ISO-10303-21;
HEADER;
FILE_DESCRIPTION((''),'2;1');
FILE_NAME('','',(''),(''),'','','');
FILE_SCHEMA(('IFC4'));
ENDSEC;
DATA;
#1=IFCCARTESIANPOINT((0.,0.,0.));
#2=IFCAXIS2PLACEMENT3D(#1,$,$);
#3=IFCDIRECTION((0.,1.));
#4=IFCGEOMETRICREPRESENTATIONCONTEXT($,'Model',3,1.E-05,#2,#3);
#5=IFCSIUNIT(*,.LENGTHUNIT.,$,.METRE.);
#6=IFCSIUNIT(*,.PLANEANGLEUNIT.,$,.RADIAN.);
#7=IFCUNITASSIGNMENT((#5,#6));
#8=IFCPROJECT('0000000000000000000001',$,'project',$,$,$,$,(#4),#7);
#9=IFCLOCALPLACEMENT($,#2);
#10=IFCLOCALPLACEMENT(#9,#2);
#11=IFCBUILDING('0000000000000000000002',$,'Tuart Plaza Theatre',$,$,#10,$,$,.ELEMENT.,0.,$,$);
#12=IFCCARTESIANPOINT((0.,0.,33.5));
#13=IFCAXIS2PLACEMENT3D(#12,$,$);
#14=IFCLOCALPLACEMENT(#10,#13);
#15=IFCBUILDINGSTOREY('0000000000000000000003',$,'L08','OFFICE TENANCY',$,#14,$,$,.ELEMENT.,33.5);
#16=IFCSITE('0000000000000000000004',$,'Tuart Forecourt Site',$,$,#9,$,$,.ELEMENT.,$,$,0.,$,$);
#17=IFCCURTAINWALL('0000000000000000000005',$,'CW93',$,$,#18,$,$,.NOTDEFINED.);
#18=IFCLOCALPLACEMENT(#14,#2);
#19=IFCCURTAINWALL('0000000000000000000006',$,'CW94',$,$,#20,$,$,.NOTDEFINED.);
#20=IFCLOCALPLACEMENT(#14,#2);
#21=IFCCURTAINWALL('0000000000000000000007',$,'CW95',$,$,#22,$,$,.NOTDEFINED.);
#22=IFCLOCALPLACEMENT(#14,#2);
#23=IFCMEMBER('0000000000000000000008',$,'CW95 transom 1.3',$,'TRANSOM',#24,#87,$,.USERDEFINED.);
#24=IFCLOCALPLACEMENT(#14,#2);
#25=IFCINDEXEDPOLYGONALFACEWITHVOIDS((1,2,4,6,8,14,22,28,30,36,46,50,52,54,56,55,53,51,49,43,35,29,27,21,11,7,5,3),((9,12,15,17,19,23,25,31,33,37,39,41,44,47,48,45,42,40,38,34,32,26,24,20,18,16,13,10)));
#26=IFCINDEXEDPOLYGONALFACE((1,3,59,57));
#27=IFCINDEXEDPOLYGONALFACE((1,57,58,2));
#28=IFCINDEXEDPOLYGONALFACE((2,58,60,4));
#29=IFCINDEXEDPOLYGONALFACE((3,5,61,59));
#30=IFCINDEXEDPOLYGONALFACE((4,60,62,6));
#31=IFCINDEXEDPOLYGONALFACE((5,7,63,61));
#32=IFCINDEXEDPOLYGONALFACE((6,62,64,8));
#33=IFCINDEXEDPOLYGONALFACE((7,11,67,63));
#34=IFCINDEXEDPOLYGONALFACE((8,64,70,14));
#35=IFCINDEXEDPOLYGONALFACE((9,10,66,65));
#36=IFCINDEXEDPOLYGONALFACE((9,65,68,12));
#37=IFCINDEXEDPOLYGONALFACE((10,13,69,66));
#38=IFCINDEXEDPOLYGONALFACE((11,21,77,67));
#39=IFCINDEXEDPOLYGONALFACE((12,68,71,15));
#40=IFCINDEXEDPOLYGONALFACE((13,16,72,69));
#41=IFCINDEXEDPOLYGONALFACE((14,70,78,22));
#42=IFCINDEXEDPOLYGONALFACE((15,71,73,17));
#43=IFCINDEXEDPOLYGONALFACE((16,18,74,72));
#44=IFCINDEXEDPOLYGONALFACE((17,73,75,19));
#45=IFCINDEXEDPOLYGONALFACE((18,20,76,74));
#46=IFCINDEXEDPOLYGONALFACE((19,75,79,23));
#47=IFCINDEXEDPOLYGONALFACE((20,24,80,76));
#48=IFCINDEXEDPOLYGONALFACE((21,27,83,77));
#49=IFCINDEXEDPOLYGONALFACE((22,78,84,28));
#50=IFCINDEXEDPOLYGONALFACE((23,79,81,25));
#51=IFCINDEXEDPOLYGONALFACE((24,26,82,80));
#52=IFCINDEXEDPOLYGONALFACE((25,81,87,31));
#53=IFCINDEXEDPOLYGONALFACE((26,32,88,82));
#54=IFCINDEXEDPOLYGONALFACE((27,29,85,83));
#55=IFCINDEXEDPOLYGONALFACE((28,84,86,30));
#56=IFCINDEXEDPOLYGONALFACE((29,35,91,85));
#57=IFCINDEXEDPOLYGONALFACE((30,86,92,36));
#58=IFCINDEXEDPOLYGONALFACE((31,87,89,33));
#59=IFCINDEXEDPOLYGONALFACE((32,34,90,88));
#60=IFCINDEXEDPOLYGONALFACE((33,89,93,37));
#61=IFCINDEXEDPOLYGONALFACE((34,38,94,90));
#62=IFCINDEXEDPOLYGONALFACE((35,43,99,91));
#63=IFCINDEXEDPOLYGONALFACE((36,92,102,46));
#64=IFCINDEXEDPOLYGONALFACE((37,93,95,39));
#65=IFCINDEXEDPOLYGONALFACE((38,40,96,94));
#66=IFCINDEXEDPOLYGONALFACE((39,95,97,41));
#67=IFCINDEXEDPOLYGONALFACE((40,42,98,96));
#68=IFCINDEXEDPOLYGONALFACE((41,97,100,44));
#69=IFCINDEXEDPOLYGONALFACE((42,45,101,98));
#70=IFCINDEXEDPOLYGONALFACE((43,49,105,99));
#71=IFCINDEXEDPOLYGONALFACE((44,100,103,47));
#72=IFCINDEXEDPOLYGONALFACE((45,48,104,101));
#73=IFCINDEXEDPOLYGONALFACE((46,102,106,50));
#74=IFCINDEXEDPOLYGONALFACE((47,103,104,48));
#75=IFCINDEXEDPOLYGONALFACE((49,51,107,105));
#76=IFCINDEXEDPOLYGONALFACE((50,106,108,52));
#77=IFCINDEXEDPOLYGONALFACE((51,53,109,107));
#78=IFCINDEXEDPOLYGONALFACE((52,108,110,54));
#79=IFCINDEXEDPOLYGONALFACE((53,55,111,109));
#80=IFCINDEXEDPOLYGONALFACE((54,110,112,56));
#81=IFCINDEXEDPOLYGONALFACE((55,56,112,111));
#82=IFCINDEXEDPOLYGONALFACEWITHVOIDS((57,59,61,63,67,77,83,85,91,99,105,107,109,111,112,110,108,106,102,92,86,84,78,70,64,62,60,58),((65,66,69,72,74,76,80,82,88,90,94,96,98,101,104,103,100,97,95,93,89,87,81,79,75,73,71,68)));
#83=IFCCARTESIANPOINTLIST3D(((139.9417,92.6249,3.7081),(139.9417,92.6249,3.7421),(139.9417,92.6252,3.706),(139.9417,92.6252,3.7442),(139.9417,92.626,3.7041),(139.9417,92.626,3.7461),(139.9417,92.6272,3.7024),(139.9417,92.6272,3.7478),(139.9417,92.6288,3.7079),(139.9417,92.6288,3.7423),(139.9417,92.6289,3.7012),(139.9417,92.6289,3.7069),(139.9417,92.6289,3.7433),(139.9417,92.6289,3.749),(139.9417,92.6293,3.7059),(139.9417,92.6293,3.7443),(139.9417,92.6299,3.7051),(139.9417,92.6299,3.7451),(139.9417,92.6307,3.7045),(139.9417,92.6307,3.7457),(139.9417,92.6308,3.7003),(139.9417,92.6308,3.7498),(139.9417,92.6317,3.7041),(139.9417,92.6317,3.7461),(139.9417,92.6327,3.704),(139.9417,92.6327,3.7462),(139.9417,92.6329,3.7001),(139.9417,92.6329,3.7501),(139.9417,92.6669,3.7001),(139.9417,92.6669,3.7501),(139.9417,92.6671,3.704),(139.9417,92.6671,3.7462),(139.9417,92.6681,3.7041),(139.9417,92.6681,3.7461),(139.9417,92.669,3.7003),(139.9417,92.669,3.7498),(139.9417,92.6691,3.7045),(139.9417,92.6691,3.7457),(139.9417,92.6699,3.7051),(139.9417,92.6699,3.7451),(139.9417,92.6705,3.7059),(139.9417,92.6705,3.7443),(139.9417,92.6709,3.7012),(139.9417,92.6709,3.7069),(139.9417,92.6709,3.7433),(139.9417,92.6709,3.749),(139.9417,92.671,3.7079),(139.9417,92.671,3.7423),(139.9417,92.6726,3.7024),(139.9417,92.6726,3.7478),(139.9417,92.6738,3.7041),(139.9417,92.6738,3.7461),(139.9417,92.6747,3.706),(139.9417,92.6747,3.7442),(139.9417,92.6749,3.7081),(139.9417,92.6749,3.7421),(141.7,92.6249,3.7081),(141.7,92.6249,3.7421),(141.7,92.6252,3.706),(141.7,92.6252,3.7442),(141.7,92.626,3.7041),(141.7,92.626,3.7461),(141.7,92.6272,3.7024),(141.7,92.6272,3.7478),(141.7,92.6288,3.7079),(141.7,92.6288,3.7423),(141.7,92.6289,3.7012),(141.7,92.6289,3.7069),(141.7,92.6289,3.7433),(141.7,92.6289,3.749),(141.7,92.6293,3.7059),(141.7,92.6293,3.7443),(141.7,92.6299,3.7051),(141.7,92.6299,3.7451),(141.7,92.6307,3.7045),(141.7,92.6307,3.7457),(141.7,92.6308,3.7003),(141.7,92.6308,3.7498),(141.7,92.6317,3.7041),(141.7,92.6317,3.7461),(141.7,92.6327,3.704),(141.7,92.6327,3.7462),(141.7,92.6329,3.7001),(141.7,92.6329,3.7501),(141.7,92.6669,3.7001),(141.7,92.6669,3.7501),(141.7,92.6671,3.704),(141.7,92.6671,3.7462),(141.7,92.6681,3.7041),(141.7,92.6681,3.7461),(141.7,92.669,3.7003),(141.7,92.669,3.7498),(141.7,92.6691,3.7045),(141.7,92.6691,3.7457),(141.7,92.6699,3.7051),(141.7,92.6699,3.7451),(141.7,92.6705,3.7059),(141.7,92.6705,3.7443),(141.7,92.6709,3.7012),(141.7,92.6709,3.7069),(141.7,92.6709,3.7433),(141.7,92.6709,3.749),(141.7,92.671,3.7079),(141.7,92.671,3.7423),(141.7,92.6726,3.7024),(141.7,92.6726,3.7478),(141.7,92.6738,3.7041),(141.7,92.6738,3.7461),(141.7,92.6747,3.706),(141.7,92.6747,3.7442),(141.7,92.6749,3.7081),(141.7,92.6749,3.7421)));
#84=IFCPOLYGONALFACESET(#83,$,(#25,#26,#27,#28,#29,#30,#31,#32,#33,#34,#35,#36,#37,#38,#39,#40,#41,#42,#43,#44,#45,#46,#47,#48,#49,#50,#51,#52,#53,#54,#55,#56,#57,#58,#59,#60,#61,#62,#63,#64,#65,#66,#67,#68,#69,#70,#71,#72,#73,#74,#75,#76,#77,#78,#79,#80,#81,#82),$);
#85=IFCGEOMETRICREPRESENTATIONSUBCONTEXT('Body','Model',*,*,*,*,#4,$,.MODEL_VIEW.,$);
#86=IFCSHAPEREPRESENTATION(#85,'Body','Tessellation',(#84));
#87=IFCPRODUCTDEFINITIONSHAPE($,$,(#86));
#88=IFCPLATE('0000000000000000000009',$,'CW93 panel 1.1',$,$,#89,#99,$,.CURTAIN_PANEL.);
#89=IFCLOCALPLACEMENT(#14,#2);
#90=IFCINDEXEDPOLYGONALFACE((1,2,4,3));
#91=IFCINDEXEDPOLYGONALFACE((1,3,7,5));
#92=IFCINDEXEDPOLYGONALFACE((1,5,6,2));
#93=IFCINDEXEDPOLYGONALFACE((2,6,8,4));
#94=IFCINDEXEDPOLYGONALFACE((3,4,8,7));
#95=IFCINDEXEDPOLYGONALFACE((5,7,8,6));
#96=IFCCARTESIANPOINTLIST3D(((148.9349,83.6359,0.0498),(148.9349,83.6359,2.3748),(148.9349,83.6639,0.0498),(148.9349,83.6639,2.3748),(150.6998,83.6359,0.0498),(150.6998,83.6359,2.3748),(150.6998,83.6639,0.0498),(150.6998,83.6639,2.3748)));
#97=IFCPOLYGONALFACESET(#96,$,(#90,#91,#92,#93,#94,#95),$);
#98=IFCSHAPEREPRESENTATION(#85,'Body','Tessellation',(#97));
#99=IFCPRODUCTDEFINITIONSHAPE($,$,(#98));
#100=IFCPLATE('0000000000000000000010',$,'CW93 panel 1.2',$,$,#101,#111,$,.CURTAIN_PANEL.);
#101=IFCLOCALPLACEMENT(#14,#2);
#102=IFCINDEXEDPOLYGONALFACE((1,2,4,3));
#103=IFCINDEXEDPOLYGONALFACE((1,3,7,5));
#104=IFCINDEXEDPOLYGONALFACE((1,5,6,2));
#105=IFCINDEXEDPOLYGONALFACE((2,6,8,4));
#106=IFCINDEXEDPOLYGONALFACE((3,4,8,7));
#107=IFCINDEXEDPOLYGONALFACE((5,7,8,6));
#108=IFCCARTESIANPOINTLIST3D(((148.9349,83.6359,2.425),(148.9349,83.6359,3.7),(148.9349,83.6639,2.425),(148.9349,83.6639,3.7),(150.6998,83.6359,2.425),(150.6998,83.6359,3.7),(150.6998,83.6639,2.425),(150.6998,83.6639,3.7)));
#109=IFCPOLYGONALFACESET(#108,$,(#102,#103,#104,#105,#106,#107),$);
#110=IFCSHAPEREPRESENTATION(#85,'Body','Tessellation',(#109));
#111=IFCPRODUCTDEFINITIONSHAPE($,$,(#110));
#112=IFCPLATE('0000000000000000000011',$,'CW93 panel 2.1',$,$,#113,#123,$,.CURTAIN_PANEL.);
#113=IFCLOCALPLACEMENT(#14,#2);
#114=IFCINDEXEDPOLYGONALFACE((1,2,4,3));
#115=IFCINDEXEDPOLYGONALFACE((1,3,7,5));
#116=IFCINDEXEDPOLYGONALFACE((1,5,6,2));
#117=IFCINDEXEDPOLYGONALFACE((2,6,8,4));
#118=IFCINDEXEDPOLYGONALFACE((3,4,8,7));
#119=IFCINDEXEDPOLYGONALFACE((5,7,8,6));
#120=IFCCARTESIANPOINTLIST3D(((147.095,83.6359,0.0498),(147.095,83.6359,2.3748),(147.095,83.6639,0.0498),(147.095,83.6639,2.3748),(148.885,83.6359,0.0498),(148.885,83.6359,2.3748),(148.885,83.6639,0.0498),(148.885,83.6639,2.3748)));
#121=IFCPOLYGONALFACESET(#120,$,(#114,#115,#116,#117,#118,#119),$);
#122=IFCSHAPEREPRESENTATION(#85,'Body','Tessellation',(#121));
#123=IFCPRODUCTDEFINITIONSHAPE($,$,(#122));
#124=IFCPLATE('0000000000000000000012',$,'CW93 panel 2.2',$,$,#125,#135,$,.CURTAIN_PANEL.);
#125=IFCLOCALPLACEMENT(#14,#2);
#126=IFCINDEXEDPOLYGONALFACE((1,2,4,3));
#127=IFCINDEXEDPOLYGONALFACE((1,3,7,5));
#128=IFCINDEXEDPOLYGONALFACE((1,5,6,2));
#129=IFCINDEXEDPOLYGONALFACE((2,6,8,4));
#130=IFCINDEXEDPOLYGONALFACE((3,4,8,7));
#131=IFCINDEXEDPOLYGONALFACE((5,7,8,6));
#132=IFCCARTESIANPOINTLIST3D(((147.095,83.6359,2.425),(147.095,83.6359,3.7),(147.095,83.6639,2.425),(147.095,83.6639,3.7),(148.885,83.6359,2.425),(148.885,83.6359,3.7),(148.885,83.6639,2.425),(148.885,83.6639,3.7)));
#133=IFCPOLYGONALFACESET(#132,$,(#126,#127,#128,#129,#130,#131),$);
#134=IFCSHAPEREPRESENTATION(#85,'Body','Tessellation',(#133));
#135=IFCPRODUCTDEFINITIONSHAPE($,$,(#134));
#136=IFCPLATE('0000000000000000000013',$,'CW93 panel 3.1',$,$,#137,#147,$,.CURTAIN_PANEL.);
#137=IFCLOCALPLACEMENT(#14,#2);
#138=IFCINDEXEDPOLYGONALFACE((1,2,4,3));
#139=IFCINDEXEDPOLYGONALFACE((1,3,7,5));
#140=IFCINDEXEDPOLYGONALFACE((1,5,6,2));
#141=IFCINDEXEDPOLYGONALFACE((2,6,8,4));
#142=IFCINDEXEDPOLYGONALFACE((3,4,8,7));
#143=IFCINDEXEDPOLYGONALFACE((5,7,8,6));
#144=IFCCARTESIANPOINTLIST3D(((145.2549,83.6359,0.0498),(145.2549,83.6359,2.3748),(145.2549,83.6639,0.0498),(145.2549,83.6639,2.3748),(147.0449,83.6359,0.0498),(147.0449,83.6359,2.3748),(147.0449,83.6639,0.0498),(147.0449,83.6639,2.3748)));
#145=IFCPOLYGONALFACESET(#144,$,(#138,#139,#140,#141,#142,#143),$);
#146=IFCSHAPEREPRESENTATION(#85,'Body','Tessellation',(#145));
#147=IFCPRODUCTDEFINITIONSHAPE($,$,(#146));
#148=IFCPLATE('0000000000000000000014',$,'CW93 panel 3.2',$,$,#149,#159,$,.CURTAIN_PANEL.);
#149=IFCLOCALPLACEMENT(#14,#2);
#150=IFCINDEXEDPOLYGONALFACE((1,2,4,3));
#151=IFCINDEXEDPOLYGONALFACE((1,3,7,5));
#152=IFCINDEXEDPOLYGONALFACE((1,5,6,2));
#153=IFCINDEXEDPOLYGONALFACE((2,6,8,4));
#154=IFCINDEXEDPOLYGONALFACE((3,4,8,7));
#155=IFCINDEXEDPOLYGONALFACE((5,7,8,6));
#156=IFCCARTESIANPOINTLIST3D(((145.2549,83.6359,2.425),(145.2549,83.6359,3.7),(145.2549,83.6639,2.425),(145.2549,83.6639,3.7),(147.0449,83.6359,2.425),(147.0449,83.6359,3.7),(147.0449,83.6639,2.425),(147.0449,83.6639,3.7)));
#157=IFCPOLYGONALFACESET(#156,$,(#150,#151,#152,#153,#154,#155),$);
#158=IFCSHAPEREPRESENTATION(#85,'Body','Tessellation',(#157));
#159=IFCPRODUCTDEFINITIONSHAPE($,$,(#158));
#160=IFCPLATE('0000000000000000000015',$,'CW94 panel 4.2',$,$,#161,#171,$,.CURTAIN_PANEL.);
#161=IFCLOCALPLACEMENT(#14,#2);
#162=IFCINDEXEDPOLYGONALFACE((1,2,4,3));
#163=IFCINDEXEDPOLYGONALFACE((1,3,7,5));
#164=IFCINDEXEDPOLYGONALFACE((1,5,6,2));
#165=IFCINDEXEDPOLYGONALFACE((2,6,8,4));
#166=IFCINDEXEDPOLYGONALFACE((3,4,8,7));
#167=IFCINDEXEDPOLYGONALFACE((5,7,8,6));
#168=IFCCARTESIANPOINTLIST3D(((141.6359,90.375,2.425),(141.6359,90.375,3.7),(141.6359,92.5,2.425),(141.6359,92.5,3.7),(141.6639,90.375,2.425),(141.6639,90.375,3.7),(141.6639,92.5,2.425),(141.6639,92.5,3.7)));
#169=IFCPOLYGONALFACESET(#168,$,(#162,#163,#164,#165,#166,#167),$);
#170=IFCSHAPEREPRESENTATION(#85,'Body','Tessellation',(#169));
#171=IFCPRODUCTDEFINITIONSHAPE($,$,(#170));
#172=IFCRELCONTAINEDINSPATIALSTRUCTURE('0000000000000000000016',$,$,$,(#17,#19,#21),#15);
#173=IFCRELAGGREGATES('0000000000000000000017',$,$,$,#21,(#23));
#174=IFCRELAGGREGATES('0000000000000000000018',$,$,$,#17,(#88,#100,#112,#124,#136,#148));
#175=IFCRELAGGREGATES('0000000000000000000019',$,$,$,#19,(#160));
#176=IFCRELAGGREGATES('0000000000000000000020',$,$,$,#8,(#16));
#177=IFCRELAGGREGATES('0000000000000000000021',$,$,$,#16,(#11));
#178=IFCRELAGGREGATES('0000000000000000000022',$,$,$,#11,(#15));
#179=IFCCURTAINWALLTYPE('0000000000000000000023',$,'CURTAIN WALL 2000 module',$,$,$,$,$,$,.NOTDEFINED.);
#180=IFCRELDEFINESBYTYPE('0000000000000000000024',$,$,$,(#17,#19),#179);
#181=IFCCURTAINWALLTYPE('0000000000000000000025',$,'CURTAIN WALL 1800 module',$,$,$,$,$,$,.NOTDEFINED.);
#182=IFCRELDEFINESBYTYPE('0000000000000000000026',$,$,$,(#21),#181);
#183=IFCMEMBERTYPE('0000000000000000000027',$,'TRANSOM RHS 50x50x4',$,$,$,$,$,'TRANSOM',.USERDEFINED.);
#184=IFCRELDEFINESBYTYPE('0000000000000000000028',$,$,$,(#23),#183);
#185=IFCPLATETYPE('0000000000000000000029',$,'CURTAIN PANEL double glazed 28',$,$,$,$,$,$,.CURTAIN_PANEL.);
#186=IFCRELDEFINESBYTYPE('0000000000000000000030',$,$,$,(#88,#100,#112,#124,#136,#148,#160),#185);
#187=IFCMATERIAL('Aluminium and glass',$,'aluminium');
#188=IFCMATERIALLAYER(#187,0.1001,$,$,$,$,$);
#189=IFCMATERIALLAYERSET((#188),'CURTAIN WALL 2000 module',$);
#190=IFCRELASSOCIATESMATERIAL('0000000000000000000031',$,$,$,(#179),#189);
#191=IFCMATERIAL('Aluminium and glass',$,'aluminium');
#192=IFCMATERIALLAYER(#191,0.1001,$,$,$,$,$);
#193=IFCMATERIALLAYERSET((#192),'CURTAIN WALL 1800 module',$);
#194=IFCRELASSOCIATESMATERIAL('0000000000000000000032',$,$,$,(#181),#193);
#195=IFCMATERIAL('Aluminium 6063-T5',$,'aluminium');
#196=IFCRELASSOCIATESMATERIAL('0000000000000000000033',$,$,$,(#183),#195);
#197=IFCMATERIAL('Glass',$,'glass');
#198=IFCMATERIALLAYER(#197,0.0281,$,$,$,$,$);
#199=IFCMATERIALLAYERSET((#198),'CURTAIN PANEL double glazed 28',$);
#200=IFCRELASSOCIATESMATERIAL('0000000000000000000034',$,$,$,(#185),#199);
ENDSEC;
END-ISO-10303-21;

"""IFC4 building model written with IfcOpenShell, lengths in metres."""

from ifc_helpers import new_model, si_unit, direction, frame, origin, origin_2d, place, context, subcontext, project, spatial, rectangle, hollow_rectangle, extrude, material, layer, layer_set, material_profile, profile_set, type_object, element, aggregate, save


model = new_model("IFC4")

# Units and contexts
model_context = context("Model", 3, precision=1e-05, world=origin(), true_north=direction((0.0, 1.0)))
body_context = subcontext(model_context, "Body", "Model", "MODEL_VIEW")
ifc_project = project(units=[si_unit("LENGTHUNIT", "METRE"), si_unit("PLANEANGLEUNIT", "RADIAN")], contexts=[model_context])

# Site, building, storey
site_placement = place(None, origin())
site = spatial("IfcSite", under=ifc_project, at=site_placement, Name="Tuart Forecourt Site", CompositionType="ELEMENT", RefElevation=0.0)
building_placement = place(site_placement, origin())
building = spatial("IfcBuilding", under=site, at=building_placement, Name="Tuart Plaza Theatre", CompositionType="ELEMENT", ElevationOfRefHeight=0.0)
storey_placement = place(building_placement, frame((0.0, 0.0, 33.5)))
storey = spatial("IfcBuildingStorey", under=building, at=storey_placement, Name="L08", Description="OFFICE TENANCY", CompositionType="ELEMENT", Elevation=33.5)

# Curtain wall
ifc_material_1 = material(Name="Aluminium and glass", Category="aluminium")
ifc_layer_1 = layer(ifc_material_1, 0.1001)
ifc_layer_set_1 = layer_set([ifc_layer_1], Name="CURTAIN WALL 2000 module")
curtain_wall_type_1 = type_object("IfcCurtainWallType", Name="CURTAIN WALL 2000 module", PredefinedType="NOTDEFINED", material=ifc_layer_set_1)
curtain_wall_1_placement = place(storey_placement, origin())
curtain_wall_1 = element("IfcCurtainWall", 1, at=curtain_wall_1_placement, inside=storey, type_object=curtain_wall_type_1, Name="CW93", PredefinedType="NOTDEFINED")

# Curtain walls
curtain_wall_2_placement = place(storey_placement, origin())
curtain_wall_2 = element("IfcCurtainWall", 2, at=curtain_wall_2_placement, inside=storey, type_object=curtain_wall_type_1, Name="CW94", PredefinedType="NOTDEFINED")
ifc_material_2 = material(Name="Aluminium and glass", Category="aluminium")
ifc_layer_2 = layer(ifc_material_2, 0.1001)
ifc_layer_set_2 = layer_set([ifc_layer_2], Name="CURTAIN WALL 1800 module")
curtain_wall_type_2 = type_object("IfcCurtainWallType", Name="CURTAIN WALL 1800 module", PredefinedType="NOTDEFINED", material=ifc_layer_set_2)
curtain_wall_3_placement = place(storey_placement, origin())
curtain_wall_3 = element("IfcCurtainWall", 3, at=curtain_wall_3_placement, inside=storey, type_object=curtain_wall_type_2, Name="CW95", PredefinedType="NOTDEFINED")

# Member
ifc_material_3 = material(Name="Aluminium 6063-T5", Category="aluminium")
ifc_material_profile_1 = material_profile(ifc_material_3, hollow_rectangle(XDim=0.05, YDim=0.05, WallThickness=0.0039, InnerFilletRadius=0.0039, OuterFilletRadius=0.0081, at=origin_2d()), Name="RHS 50x50x4")
ifc_profile_set_1 = profile_set([ifc_material_profile_1], Name="Aluminium 6063-T5")
member_type_1 = type_object("IfcMemberType", Name="TRANSOM RHS 50x50x4", ElementType="TRANSOM", PredefinedType="USERDEFINED", material=ifc_profile_set_1)
member_1_placement = place(storey_placement, frame((141.7, 92.6499, 3.7251), z_axis=(-1.0, 0.0, 0.0), x_axis=(0.0, -1.0, 0.0)))
member_1 = element("IfcMember", 4, at=member_1_placement, type_object=member_type_1, Name="CW95 transom 1.3", ObjectType="TRANSOM", PredefinedType="USERDEFINED", context=body_context, shape_type="SweptSolid", body=[
    extrude(hollow_rectangle(XDim=0.05, YDim=0.05, WallThickness=0.0039, InnerFilletRadius=0.0039, OuterFilletRadius=0.0081, at=origin_2d()), origin(), (0.0, 0.0, 1.0), 1.7583),
])
aggregate(curtain_wall_3, [member_1])

# Plates
ifc_material_4 = material(Name="Glass", Category="glass")
ifc_layer_3 = layer(ifc_material_4, 0.0281)
ifc_layer_set_3 = layer_set([ifc_layer_3], Name="CURTAIN PANEL double glazed 28")
plate_type = type_object("IfcPlateType", Name="CURTAIN PANEL double glazed 28", PredefinedType="CURTAIN_PANEL", material=ifc_layer_set_3)
plate_1_placement = place(storey_placement, frame((149.8174, 83.6499, 0.0498), z_axis=(0.0, 0.0, 1.0), x_axis=(-1.0, 0.0, 0.0)))
plate_1 = element("IfcPlate", 5, at=plate_1_placement, type_object=plate_type, Name="CW93 panel 1.1", PredefinedType="CURTAIN_PANEL", context=body_context, shape_type="SweptSolid", body=[
    extrude(rectangle(XDim=1.7649, YDim=0.0281, at=origin_2d()), origin(), (0.0, 0.0, 1.0), 2.325),
])
plate_2_placement = place(storey_placement, frame((149.8174, 83.6499, 2.425), z_axis=(0.0, 0.0, 1.0), x_axis=(-1.0, 0.0, 0.0)))
plate_2 = element("IfcPlate", 6, at=plate_2_placement, type_object=plate_type, Name="CW93 panel 1.2", PredefinedType="CURTAIN_PANEL", context=body_context, shape_type="SweptSolid", body=[
    extrude(rectangle(XDim=1.7649, YDim=0.0281, at=origin_2d()), origin(), (0.0, 0.0, 1.0), 1.2749),
])
plate_3_placement = place(storey_placement, frame((147.99, 83.6499, 0.0498), z_axis=(0.0, 0.0, 1.0), x_axis=(-1.0, 0.0, 0.0)))
plate_3 = element("IfcPlate", 7, at=plate_3_placement, type_object=plate_type, Name="CW93 panel 2.1", PredefinedType="CURTAIN_PANEL", context=body_context, shape_type="SweptSolid", body=[
    extrude(rectangle(XDim=1.79, YDim=0.0281, at=origin_2d()), origin(), (0.0, 0.0, 1.0), 2.325),
])
plate_4_placement = place(storey_placement, frame((147.99, 83.6499, 2.425), z_axis=(0.0, 0.0, 1.0), x_axis=(-1.0, 0.0, 0.0)))
plate_4 = element("IfcPlate", 8, at=plate_4_placement, type_object=plate_type, Name="CW93 panel 2.2", PredefinedType="CURTAIN_PANEL", context=body_context, shape_type="SweptSolid", body=[
    extrude(rectangle(XDim=1.79, YDim=0.0281, at=origin_2d()), origin(), (0.0, 0.0, 1.0), 1.2749),
])
plate_5_placement = place(storey_placement, frame((146.1499, 83.6499, 0.0498), z_axis=(0.0, 0.0, 1.0), x_axis=(-1.0, 0.0, 0.0)))
plate_5 = element("IfcPlate", 9, at=plate_5_placement, type_object=plate_type, Name="CW93 panel 3.1", PredefinedType="CURTAIN_PANEL", context=body_context, shape_type="SweptSolid", body=[
    extrude(rectangle(XDim=1.79, YDim=0.0281, at=origin_2d()), origin(), (0.0, 0.0, 1.0), 2.325),
])
plate_6_placement = place(storey_placement, frame((146.1499, 83.6499, 2.425), z_axis=(0.0, 0.0, 1.0), x_axis=(-1.0, 0.0, 0.0)))
plate_6 = element("IfcPlate", 10, at=plate_6_placement, type_object=plate_type, Name="CW93 panel 3.2", PredefinedType="CURTAIN_PANEL", context=body_context, shape_type="SweptSolid", body=[
    extrude(rectangle(XDim=1.79, YDim=0.0281, at=origin_2d()), origin(), (0.0, 0.0, 1.0), 1.2749),
])
aggregate(curtain_wall_1, [plate_1, plate_2, plate_3, plate_4, plate_5, plate_6])
plate_7_placement = place(storey_placement, frame((141.6499, 91.4375, 2.425), z_axis=(0.0, 0.0, 1.0), x_axis=(0.0, 1.0, 0.0)))
plate_7 = element("IfcPlate", 11, at=plate_7_placement, type_object=plate_type, Name="CW94 panel 4.2", PredefinedType="CURTAIN_PANEL", context=body_context, shape_type="SweptSolid", body=[
    extrude(rectangle(XDim=2.125, YDim=0.0281, at=origin_2d()), origin(), (0.0, 0.0, 1.0), 1.2749),
])
aggregate(curtain_wall_2, [plate_7])

save(model, "model.ifc")
